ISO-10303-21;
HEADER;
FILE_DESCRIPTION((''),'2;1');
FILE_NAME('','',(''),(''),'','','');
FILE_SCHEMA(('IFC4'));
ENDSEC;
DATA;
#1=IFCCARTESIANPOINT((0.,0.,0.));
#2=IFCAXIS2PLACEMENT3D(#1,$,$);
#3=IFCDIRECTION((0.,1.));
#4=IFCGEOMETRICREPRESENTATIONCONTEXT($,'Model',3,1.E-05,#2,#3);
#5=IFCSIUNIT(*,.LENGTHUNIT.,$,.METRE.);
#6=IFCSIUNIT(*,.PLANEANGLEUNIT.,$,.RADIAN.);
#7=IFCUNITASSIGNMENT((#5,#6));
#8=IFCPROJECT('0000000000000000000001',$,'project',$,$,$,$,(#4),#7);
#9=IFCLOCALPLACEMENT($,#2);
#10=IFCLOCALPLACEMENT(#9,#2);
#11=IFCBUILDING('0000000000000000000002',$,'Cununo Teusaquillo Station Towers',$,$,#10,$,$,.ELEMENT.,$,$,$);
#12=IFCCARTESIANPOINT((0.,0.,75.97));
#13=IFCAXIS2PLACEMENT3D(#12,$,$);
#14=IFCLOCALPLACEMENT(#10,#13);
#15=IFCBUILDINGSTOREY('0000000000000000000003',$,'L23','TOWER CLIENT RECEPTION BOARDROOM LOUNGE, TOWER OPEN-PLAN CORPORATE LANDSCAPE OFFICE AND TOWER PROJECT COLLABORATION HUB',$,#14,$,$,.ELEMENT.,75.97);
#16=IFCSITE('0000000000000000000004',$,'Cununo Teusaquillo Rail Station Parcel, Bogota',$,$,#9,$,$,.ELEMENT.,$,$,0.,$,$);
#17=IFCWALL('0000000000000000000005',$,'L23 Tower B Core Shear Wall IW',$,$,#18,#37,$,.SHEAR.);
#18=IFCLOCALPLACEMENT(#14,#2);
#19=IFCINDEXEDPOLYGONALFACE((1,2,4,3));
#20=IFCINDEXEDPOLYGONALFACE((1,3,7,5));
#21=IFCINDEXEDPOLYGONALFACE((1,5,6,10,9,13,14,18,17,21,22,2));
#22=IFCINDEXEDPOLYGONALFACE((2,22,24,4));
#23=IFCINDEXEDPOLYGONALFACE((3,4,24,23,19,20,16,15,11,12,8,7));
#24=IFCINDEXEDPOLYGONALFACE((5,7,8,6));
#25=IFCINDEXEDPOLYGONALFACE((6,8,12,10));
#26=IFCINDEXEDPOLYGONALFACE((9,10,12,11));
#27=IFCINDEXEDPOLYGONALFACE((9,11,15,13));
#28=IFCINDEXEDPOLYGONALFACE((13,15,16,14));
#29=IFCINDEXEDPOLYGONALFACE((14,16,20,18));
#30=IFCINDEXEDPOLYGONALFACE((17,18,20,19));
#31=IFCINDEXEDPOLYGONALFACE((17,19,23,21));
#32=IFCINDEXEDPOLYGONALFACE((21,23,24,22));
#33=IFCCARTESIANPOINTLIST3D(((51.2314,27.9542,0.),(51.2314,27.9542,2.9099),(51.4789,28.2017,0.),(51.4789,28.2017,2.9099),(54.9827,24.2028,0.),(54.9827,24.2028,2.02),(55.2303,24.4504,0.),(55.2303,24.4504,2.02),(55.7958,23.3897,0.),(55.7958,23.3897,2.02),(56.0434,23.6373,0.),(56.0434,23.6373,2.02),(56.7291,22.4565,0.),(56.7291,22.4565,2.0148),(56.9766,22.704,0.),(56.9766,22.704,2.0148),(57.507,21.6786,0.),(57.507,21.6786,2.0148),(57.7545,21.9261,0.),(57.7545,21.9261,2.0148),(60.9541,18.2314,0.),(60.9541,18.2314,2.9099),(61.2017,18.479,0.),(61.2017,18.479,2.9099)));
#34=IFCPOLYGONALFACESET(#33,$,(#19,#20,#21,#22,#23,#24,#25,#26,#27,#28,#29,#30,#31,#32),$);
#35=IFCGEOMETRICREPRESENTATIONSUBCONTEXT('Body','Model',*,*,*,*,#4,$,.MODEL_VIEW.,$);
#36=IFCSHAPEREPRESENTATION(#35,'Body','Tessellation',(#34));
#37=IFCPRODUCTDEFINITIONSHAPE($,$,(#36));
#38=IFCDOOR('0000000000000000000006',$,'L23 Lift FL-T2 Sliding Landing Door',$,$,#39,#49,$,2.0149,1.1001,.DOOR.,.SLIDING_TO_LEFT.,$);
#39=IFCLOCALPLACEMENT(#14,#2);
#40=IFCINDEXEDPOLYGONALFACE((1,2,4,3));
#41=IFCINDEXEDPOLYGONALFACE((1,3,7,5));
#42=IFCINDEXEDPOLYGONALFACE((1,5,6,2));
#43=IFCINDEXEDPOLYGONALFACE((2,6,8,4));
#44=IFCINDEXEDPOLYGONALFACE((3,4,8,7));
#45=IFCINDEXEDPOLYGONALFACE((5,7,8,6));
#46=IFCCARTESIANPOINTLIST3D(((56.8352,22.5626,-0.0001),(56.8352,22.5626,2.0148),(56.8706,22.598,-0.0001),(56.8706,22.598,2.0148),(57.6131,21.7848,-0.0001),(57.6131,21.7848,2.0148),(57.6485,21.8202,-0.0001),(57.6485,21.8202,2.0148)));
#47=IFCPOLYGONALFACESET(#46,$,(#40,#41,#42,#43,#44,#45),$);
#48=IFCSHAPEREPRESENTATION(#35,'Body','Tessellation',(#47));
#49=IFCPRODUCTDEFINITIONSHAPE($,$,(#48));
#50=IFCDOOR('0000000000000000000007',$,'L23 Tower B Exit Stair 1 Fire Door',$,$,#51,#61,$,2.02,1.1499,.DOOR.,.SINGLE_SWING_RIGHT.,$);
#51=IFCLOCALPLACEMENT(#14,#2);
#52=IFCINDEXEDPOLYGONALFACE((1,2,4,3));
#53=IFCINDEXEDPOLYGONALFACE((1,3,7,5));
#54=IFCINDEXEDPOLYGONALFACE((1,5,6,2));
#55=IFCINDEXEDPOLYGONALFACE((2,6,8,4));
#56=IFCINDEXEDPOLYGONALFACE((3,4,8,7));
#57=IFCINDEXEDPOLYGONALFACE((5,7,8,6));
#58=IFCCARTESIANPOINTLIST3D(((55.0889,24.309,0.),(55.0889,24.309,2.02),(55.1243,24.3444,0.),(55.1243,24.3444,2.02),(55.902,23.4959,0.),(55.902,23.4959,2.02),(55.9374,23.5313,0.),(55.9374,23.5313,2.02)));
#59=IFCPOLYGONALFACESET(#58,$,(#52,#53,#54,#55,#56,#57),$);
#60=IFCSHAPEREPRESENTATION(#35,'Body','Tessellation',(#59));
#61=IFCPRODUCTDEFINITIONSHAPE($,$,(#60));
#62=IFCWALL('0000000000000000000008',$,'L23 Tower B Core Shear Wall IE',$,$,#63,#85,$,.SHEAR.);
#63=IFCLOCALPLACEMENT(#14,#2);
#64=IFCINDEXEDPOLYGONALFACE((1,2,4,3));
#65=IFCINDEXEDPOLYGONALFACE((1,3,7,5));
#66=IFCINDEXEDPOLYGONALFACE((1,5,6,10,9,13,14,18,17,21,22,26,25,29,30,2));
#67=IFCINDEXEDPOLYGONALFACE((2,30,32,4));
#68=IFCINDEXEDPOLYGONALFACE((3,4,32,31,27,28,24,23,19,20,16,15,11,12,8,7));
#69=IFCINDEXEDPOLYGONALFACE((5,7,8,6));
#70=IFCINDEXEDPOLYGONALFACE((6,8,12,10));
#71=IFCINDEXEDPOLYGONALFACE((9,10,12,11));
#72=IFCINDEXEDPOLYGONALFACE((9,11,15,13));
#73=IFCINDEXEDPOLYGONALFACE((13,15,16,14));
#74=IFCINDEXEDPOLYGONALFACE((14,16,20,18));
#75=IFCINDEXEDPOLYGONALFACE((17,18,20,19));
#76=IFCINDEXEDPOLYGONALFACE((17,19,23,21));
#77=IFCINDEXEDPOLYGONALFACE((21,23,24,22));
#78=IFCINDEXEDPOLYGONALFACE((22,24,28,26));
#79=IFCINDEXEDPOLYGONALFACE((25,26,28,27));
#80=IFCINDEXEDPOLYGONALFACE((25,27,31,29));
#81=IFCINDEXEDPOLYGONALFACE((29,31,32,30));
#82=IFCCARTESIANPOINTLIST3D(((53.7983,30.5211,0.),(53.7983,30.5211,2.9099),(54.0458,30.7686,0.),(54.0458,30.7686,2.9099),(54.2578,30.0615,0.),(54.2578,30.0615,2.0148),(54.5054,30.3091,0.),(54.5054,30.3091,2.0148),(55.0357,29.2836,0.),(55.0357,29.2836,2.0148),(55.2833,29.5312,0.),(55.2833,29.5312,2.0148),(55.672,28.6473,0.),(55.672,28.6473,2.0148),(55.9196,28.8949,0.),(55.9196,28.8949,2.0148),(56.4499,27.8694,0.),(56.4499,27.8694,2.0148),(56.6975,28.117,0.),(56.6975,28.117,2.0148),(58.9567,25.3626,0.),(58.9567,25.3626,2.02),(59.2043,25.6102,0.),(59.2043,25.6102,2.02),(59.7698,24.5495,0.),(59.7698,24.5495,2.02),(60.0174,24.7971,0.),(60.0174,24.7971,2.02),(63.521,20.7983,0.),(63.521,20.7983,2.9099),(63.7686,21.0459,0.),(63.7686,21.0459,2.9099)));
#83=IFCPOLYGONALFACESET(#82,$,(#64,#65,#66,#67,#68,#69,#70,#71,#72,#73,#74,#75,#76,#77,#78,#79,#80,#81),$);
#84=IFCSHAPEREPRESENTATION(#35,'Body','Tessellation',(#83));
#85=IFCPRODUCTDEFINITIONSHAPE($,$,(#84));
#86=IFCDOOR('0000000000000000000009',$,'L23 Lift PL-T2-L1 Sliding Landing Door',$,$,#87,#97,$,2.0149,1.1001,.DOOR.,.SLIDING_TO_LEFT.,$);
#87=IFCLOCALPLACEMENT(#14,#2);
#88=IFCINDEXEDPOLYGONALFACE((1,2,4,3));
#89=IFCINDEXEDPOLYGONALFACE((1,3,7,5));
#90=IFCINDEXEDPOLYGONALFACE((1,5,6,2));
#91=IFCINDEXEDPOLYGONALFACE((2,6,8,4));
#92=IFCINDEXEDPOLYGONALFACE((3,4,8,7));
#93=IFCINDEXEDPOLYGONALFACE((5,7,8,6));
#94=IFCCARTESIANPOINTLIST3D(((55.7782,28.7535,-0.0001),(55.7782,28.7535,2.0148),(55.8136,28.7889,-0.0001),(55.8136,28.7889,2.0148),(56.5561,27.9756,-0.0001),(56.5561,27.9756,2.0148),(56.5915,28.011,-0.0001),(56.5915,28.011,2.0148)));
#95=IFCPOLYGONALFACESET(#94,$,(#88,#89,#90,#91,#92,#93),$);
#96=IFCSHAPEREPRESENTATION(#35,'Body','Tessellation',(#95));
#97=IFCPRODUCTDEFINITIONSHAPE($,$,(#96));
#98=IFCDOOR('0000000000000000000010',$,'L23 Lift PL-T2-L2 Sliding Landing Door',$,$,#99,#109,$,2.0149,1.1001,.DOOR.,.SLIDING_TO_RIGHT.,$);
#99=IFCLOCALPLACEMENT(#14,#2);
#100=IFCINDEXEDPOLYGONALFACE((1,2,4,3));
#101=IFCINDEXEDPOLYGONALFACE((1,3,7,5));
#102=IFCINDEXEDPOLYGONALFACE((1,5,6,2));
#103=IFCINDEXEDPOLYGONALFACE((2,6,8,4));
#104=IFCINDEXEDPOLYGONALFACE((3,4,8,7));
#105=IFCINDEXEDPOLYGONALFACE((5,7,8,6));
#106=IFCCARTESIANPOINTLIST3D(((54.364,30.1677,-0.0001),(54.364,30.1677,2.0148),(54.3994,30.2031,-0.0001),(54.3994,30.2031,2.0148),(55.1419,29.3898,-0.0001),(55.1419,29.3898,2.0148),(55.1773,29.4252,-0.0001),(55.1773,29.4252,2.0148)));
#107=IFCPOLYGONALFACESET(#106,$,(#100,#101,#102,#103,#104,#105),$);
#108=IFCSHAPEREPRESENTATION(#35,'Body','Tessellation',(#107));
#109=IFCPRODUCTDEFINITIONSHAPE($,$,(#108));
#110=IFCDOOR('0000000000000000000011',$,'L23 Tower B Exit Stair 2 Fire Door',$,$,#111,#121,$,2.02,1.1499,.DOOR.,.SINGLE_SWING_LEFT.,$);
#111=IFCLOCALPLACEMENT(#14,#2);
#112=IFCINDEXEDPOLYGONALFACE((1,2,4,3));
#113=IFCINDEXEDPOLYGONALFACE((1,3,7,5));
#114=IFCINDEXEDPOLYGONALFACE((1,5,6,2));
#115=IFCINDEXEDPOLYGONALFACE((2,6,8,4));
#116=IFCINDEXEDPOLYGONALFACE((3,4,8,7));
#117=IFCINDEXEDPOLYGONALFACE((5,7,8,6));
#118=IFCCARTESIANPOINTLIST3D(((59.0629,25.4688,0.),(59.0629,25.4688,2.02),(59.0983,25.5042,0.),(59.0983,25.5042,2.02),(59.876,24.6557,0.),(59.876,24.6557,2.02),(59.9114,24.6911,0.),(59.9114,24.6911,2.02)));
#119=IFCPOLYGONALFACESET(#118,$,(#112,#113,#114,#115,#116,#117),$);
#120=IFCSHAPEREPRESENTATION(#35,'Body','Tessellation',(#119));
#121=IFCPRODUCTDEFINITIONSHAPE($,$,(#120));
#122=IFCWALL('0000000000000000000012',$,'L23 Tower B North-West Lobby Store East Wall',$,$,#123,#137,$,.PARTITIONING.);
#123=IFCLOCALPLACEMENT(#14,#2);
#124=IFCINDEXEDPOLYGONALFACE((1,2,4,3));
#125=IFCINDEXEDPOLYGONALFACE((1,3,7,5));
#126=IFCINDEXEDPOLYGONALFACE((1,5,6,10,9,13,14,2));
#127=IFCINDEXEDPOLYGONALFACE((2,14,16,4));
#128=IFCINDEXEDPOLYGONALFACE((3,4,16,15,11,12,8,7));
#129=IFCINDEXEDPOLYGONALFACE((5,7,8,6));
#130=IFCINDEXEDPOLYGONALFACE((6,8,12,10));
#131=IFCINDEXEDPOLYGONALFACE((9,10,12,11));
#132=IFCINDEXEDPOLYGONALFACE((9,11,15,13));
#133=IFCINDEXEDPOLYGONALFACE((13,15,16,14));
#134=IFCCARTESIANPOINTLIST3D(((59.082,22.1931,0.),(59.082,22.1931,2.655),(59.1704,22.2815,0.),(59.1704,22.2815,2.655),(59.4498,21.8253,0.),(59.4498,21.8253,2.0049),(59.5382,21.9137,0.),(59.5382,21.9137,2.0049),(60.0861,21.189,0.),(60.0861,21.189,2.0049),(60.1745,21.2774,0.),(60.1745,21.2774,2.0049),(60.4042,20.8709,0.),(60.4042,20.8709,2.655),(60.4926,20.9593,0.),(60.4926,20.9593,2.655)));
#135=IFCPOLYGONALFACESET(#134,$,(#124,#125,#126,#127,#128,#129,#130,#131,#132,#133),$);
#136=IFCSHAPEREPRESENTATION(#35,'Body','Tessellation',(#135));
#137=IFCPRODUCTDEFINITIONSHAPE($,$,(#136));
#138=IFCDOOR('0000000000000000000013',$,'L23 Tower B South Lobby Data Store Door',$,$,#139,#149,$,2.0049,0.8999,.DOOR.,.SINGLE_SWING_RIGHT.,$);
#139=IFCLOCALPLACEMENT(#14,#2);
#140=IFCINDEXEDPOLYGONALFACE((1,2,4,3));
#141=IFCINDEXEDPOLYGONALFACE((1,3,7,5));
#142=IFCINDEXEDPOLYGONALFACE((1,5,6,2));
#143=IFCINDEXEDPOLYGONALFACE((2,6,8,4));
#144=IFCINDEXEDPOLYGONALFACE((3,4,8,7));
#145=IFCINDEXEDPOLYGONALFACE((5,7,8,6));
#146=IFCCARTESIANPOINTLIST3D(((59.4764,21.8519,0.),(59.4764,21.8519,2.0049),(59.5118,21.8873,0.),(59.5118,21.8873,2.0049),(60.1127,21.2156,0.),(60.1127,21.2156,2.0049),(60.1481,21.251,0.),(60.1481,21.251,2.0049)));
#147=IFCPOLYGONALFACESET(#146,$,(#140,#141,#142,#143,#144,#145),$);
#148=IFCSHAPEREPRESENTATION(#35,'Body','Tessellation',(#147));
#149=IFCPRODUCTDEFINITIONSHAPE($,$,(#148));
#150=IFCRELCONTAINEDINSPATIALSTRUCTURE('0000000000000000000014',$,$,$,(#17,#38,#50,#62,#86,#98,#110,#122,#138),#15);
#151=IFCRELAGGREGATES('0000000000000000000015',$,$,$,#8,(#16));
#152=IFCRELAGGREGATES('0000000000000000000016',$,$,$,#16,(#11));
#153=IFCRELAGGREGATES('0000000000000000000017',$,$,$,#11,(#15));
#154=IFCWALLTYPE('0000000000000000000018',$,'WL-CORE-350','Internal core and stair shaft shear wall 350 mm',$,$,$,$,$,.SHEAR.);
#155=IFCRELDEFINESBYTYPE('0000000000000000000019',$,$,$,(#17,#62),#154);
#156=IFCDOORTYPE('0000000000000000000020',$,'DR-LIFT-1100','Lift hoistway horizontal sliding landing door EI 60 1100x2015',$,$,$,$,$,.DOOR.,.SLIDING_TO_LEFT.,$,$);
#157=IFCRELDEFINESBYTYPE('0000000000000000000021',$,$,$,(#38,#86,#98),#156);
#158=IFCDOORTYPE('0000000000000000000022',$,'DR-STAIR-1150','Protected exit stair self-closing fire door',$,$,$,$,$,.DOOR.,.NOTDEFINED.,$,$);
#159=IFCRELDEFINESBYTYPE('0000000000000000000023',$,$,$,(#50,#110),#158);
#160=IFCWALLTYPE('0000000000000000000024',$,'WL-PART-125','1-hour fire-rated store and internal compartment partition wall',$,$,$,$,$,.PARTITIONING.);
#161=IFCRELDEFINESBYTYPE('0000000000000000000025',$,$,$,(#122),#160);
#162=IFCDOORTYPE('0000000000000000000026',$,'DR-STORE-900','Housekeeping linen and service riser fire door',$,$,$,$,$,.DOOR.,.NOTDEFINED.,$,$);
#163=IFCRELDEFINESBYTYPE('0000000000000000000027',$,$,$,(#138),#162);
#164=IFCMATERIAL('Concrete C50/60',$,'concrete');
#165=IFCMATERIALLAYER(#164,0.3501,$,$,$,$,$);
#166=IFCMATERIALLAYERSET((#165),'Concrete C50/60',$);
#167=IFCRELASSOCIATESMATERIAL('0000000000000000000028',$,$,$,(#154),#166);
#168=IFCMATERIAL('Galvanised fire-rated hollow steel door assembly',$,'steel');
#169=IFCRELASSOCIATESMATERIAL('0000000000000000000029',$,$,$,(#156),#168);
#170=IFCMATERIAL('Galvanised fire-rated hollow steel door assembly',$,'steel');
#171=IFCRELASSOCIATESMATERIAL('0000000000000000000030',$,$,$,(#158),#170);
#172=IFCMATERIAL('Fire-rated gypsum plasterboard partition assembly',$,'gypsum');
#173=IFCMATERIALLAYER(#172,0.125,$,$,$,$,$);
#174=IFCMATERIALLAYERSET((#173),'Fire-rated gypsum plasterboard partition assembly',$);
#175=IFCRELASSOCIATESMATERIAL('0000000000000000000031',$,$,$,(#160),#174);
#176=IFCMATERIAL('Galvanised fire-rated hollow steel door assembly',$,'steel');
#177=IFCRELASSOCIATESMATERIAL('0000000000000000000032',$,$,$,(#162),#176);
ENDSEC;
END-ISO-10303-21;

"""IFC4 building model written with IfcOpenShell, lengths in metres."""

from ifc_helpers import new_model, si_unit, direction, frame, frame_2d, origin, place, context, subcontext, project, spatial, rectangle, extrude, source, transform, mapped, material, layer, layer_set, type_object, element, fill, save


model = new_model("IFC4")

# Units and contexts
model_context = context("Model", 3, precision=1e-05, world=origin(), true_north=direction((0.0, 1.0)))
body_context = subcontext(model_context, "Body", "Model", "MODEL_VIEW")
ifc_project = project(units=[si_unit("LENGTHUNIT", "METRE"), si_unit("PLANEANGLEUNIT", "RADIAN")], contexts=[model_context])

# Site, building, storey
site_placement = place(None, origin())
site = spatial("IfcSite", under=ifc_project, at=site_placement, Name="Cununo Teusaquillo Rail Station Parcel, Bogota", CompositionType="ELEMENT", RefElevation=0.0)
building_placement = place(site_placement, origin())
building = spatial("IfcBuilding", under=site, at=building_placement, Name="Cununo Teusaquillo Station Towers", CompositionType="ELEMENT")
storey_placement = place(building_placement, frame((0.0, 0.0, 75.97)))
storey = spatial("IfcBuildingStorey", under=building, at=storey_placement, Name="L23", Description="TOWER CLIENT RECEPTION BOARDROOM LOUNGE, TOWER OPEN-PLAN CORPORATE LANDSCAPE OFFICE AND TOWER PROJECT COLLABORATION HUB", CompositionType="ELEMENT", Elevation=75.97)

# Walls, openings, doors
ifc_material_1 = material(Name="Concrete C50/60", Category="concrete")
ifc_layer_1 = layer(ifc_material_1, 0.3501)
ifc_layer_set_1 = layer_set([ifc_layer_1], Name="Concrete C50/60")
wall_type_1 = type_object("IfcWallType", Name="WL-CORE-350", Description="Internal core and stair shaft shear wall 350 mm", PredefinedType="SHEAR", material=ifc_layer_set_1)
wall_1_placement = place(storey_placement, frame((61.0779, 18.3552, 0.0), z_axis=(0.0, 0.0, 1.0), x_axis=(-0.707107, 0.707107, 0.0)))
wall_1 = element("IfcWall", 1, at=wall_1_placement, inside=storey, type_object=wall_type_1, Name="L23 Tower B Core Shear Wall IW", PredefinedType="SHEAR", context=body_context, shape_type="SweptSolid", body=[
    extrude(rectangle(XDim=13.75, YDim=0.3501, at=frame_2d((6.875, 0.0))), origin(), (0.0, 0.0, 1.0), 2.9099),
])
shared_shape_1 = source(origin(), body_context, "Body", "SweptSolid", [
    extrude(rectangle(XDim=1.1001, YDim=2.0149, at=frame_2d((0.55, 1.0073))), frame((0.0, 0.1851, 0.0), z_axis=(0.0, -1.0, 0.0), x_axis=(1.0, 0.0, 0.0)), (0.0, 0.0, 1.0), 0.3701),
])
opening_1_placement = place(wall_1_placement, frame((4.875, 0.0, 0.0)))
opening_1 = element("IfcOpeningElement", 2, at=opening_1_placement, cuts=wall_1, PredefinedType="OPENING", context=body_context, shape_type="MappedRepresentation", body=[
    mapped(shared_shape_1, transform((0.0, 0.0, 0.0), x_axis=(1.0, 0.0, 0.0), y_axis=(0.0, 1.0, 0.0), z_axis=(0.0, 0.0, 1.0), scale=1.0)),
])
shared_shape_2 = source(origin(), body_context, "Body", "SweptSolid", [
    extrude(rectangle(XDim=1.1499, YDim=2.02, at=frame_2d((0.575, 1.01))), frame((0.0, 0.1851, 0.0), z_axis=(0.0, -1.0, 0.0), x_axis=(1.0, 0.0, 0.0)), (0.0, 0.0, 1.0), 0.3701),
])
opening_2_placement = place(wall_1_placement, frame((7.2949, 0.0, 0.0)))
opening_2 = element("IfcOpeningElement", 3, at=opening_2_placement, cuts=wall_1, PredefinedType="OPENING", context=body_context, shape_type="MappedRepresentation", body=[
    mapped(shared_shape_2, transform((0.0, 0.0, 0.0), x_axis=(1.0, 0.0, 0.0), y_axis=(0.0, 1.0, 0.0), z_axis=(0.0, 0.0, 1.0), scale=1.0)),
])
ifc_material_2 = material(Name="Galvanised fire-rated hollow steel door assembly", Category="steel")
door_type_1 = type_object("IfcDoorType", Name="DR-LIFT-1100", Description="Lift hoistway horizontal sliding landing door EI 60 1100x2015", OperationType="SLIDING_TO_LEFT", PredefinedType="DOOR", material=ifc_material_2)
shared_shape_3 = source(origin(), body_context, "Body", "SweptSolid", [
    extrude(rectangle(XDim=1.1001, YDim=2.0149, at=frame_2d((0.55, 1.0073))), frame((0.0, 0.0249, 0.0), z_axis=(0.0, -1.0, 0.0), x_axis=(1.0, 0.0, 0.0)), (0.0, 0.0, 1.0), 0.05),
])
door_1_placement = place(opening_1_placement, origin())
door_1 = element("IfcDoor", 4, at=door_1_placement, inside=storey, type_object=door_type_1, Name="L23 Lift FL-T2 Sliding Landing Door", OperationType="SLIDING_TO_LEFT", OverallHeight=2.0149, OverallWidth=1.1001, PredefinedType="DOOR", context=body_context, shape_type="MappedRepresentation", body=[
    mapped(shared_shape_3, transform((0.0, 0.0, 0.0), x_axis=(1.0, 0.0, 0.0), y_axis=(0.0, 1.0, 0.0), z_axis=(0.0, 0.0, 1.0), scale=1.0)),
])
fill(opening_1, door_1)
ifc_material_3 = material(Name="Galvanised fire-rated hollow steel door assembly", Category="steel")
door_type_2 = type_object("IfcDoorType", Name="DR-STAIR-1150", Description="Protected exit stair self-closing fire door", OperationType="NOTDEFINED", PredefinedType="DOOR", material=ifc_material_3)
shared_shape_4 = source(origin(), body_context, "Body", "SweptSolid", [
    extrude(rectangle(XDim=1.1499, YDim=2.02, at=frame_2d((0.575, 1.01))), frame((0.0, 0.0249, 0.0), z_axis=(0.0, -1.0, 0.0), x_axis=(1.0, 0.0, 0.0)), (0.0, 0.0, 1.0), 0.05),
])
door_2_placement = place(opening_2_placement, origin())
door_2 = element("IfcDoor", 5, at=door_2_placement, inside=storey, type_object=door_type_2, Name="L23 Tower B Exit Stair 1 Fire Door", OperationType="SINGLE_SWING_RIGHT", OverallHeight=2.02, OverallWidth=1.1499, PredefinedType="DOOR", context=body_context, shape_type="MappedRepresentation", body=[
    mapped(shared_shape_4, transform((0.0, 0.0, 0.0), x_axis=(1.0, 0.0, 0.0), y_axis=(0.0, 1.0, 0.0), z_axis=(0.0, 0.0, 1.0), scale=1.0)),
])
fill(opening_2, door_2)
wall_2_placement = place(storey_placement, frame((63.6448, 20.9221, 0.0), z_axis=(0.0, 0.0, 1.0), x_axis=(-0.707107, 0.707107, 0.0)))
wall_2 = element("IfcWall", 6, at=wall_2_placement, inside=storey, type_object=wall_type_1, Name="L23 Tower B Core Shear Wall IE", PredefinedType="SHEAR", context=body_context, shape_type="SweptSolid", body=[
    extrude(rectangle(XDim=13.75, YDim=0.3501, at=frame_2d((6.875, 0.0))), origin(), (0.0, 0.0, 1.0), 2.9099),
])
opening_3_placement = place(wall_2_placement, frame((10.0, 0.0, 0.0)))
opening_3 = element("IfcOpeningElement", 7, at=opening_3_placement, cuts=wall_2, PredefinedType="OPENING", context=body_context, shape_type="MappedRepresentation", body=[
    mapped(shared_shape_1, transform((0.0, 0.0, 0.0), x_axis=(1.0, 0.0, 0.0), y_axis=(0.0, 1.0, 0.0), z_axis=(0.0, 0.0, 1.0), scale=1.0)),
])
opening_4_placement = place(wall_2_placement, frame((12.0, 0.0, 0.0)))
opening_4 = element("IfcOpeningElement", 8, at=opening_4_placement, cuts=wall_2, PredefinedType="OPENING", context=body_context, shape_type="MappedRepresentation", body=[
    mapped(shared_shape_1, transform((0.0, 0.0, 0.0), x_axis=(1.0, 0.0, 0.0), y_axis=(0.0, 1.0, 0.0), z_axis=(0.0, 0.0, 1.0), scale=1.0)),
])
opening_5_placement = place(wall_2_placement, frame((5.3049, 0.0, 0.0)))
opening_5 = element("IfcOpeningElement", 9, at=opening_5_placement, cuts=wall_2, PredefinedType="OPENING", context=body_context, shape_type="MappedRepresentation", body=[
    mapped(shared_shape_2, transform((0.0, 0.0, 0.0), x_axis=(1.0, 0.0, 0.0), y_axis=(0.0, 1.0, 0.0), z_axis=(0.0, 0.0, 1.0), scale=1.0)),
])
door_3_placement = place(opening_3_placement, origin())
door_3 = element("IfcDoor", 10, at=door_3_placement, inside=storey, type_object=door_type_1, Name="L23 Lift PL-T2-L1 Sliding Landing Door", OperationType="SLIDING_TO_LEFT", OverallHeight=2.0149, OverallWidth=1.1001, PredefinedType="DOOR", context=body_context, shape_type="MappedRepresentation", body=[
    mapped(shared_shape_3, transform((0.0, 0.0, 0.0), x_axis=(1.0, 0.0, 0.0), y_axis=(0.0, 1.0, 0.0), z_axis=(0.0, 0.0, 1.0), scale=1.0)),
])
fill(opening_3, door_3)
door_4_placement = place(opening_4_placement, origin())
door_4 = element("IfcDoor", 11, at=door_4_placement, inside=storey, type_object=door_type_1, Name="L23 Lift PL-T2-L2 Sliding Landing Door", OperationType="SLIDING_TO_RIGHT", OverallHeight=2.0149, OverallWidth=1.1001, PredefinedType="DOOR", context=body_context, shape_type="MappedRepresentation", body=[
    mapped(shared_shape_3, transform((0.0, 0.0, 0.0), x_axis=(1.0, 0.0, 0.0), y_axis=(0.0, 1.0, 0.0), z_axis=(0.0, 0.0, 1.0), scale=1.0)),
])
fill(opening_4, door_4)
door_5_placement = place(opening_5_placement, origin())
door_5 = element("IfcDoor", 12, at=door_5_placement, inside=storey, type_object=door_type_2, Name="L23 Tower B Exit Stair 2 Fire Door", OperationType="SINGLE_SWING_LEFT", OverallHeight=2.02, OverallWidth=1.1499, PredefinedType="DOOR", context=body_context, shape_type="MappedRepresentation", body=[
    mapped(shared_shape_4, transform((0.0, 0.0, 0.0), x_axis=(1.0, 0.0, 0.0), y_axis=(0.0, 1.0, 0.0), z_axis=(0.0, 0.0, 1.0), scale=1.0)),
])
fill(opening_5, door_5)

# Wall, opening, door
ifc_material_4 = material(Name="Fire-rated gypsum plasterboard partition assembly", Category="gypsum")
ifc_layer_2 = layer(ifc_material_4, 0.125)
ifc_layer_set_2 = layer_set([ifc_layer_2], Name="Fire-rated gypsum plasterboard partition assembly")
wall_type_2 = type_object("IfcWallType", Name="WL-PART-125", Description="1-hour fire-rated store and internal compartment partition wall", PredefinedType="PARTITIONING", material=ifc_layer_set_2)
wall_3_placement = place(storey_placement, frame((60.4485, 20.915, 0.0), z_axis=(0.0, 0.0, 1.0), x_axis=(-0.707107, 0.707107, 0.0)))
wall_3 = element("IfcWall", 13, at=wall_3_placement, inside=storey, type_object=wall_type_2, Name="L23 Tower B North-West Lobby Store East Wall", PredefinedType="PARTITIONING", context=body_context, shape_type="SweptSolid", body=[
    extrude(rectangle(XDim=1.8699, YDim=0.125, at=frame_2d((0.9351, 0.0))), origin(), (0.0, 0.0, 1.0), 2.655),
])
shared_shape_5 = source(origin(), body_context, "Body", "SweptSolid", [
    extrude(rectangle(XDim=0.8999, YDim=2.0049, at=frame_2d((0.45, 1.0024))), frame((0.0, 0.0725, 0.0), z_axis=(0.0, -1.0, 0.0), x_axis=(1.0, 0.0, 0.0)), (0.0, 0.0, 1.0), 0.145),
])
opening_6_placement = place(wall_3_placement, frame((0.45, 0.0, 0.0)))
opening_6 = element("IfcOpeningElement", 14, at=opening_6_placement, cuts=wall_3, PredefinedType="OPENING", context=body_context, shape_type="MappedRepresentation", body=[
    mapped(shared_shape_5, transform((0.0, 0.0, 0.0), x_axis=(1.0, 0.0, 0.0), y_axis=(0.0, 1.0, 0.0), z_axis=(0.0, 0.0, 1.0), scale=1.0)),
])
ifc_material_5 = material(Name="Galvanised fire-rated hollow steel door assembly", Category="steel")
door_type_3 = type_object("IfcDoorType", Name="DR-STORE-900", Description="Housekeeping linen and service riser fire door", OperationType="NOTDEFINED", PredefinedType="DOOR", material=ifc_material_5)
shared_shape_6 = source(origin(), body_context, "Body", "SweptSolid", [
    extrude(rectangle(XDim=0.8999, YDim=2.0049, at=frame_2d((0.45, 1.0024))), frame((0.0, 0.0249, 0.0), z_axis=(0.0, -1.0, 0.0), x_axis=(1.0, 0.0, 0.0)), (0.0, 0.0, 1.0), 0.05),
])
door_6_placement = place(opening_6_placement, origin())
door_6 = element("IfcDoor", 15, at=door_6_placement, inside=storey, type_object=door_type_3, Name="L23 Tower B South Lobby Data Store Door", OperationType="SINGLE_SWING_RIGHT", OverallHeight=2.0049, OverallWidth=0.8999, PredefinedType="DOOR", context=body_context, shape_type="MappedRepresentation", body=[
    mapped(shared_shape_6, transform((0.0, 0.0, 0.0), x_axis=(1.0, 0.0, 0.0), y_axis=(0.0, 1.0, 0.0), z_axis=(0.0, 0.0, 1.0), scale=1.0)),
])
fill(opening_6, door_6)

save(model, "model.ifc")
